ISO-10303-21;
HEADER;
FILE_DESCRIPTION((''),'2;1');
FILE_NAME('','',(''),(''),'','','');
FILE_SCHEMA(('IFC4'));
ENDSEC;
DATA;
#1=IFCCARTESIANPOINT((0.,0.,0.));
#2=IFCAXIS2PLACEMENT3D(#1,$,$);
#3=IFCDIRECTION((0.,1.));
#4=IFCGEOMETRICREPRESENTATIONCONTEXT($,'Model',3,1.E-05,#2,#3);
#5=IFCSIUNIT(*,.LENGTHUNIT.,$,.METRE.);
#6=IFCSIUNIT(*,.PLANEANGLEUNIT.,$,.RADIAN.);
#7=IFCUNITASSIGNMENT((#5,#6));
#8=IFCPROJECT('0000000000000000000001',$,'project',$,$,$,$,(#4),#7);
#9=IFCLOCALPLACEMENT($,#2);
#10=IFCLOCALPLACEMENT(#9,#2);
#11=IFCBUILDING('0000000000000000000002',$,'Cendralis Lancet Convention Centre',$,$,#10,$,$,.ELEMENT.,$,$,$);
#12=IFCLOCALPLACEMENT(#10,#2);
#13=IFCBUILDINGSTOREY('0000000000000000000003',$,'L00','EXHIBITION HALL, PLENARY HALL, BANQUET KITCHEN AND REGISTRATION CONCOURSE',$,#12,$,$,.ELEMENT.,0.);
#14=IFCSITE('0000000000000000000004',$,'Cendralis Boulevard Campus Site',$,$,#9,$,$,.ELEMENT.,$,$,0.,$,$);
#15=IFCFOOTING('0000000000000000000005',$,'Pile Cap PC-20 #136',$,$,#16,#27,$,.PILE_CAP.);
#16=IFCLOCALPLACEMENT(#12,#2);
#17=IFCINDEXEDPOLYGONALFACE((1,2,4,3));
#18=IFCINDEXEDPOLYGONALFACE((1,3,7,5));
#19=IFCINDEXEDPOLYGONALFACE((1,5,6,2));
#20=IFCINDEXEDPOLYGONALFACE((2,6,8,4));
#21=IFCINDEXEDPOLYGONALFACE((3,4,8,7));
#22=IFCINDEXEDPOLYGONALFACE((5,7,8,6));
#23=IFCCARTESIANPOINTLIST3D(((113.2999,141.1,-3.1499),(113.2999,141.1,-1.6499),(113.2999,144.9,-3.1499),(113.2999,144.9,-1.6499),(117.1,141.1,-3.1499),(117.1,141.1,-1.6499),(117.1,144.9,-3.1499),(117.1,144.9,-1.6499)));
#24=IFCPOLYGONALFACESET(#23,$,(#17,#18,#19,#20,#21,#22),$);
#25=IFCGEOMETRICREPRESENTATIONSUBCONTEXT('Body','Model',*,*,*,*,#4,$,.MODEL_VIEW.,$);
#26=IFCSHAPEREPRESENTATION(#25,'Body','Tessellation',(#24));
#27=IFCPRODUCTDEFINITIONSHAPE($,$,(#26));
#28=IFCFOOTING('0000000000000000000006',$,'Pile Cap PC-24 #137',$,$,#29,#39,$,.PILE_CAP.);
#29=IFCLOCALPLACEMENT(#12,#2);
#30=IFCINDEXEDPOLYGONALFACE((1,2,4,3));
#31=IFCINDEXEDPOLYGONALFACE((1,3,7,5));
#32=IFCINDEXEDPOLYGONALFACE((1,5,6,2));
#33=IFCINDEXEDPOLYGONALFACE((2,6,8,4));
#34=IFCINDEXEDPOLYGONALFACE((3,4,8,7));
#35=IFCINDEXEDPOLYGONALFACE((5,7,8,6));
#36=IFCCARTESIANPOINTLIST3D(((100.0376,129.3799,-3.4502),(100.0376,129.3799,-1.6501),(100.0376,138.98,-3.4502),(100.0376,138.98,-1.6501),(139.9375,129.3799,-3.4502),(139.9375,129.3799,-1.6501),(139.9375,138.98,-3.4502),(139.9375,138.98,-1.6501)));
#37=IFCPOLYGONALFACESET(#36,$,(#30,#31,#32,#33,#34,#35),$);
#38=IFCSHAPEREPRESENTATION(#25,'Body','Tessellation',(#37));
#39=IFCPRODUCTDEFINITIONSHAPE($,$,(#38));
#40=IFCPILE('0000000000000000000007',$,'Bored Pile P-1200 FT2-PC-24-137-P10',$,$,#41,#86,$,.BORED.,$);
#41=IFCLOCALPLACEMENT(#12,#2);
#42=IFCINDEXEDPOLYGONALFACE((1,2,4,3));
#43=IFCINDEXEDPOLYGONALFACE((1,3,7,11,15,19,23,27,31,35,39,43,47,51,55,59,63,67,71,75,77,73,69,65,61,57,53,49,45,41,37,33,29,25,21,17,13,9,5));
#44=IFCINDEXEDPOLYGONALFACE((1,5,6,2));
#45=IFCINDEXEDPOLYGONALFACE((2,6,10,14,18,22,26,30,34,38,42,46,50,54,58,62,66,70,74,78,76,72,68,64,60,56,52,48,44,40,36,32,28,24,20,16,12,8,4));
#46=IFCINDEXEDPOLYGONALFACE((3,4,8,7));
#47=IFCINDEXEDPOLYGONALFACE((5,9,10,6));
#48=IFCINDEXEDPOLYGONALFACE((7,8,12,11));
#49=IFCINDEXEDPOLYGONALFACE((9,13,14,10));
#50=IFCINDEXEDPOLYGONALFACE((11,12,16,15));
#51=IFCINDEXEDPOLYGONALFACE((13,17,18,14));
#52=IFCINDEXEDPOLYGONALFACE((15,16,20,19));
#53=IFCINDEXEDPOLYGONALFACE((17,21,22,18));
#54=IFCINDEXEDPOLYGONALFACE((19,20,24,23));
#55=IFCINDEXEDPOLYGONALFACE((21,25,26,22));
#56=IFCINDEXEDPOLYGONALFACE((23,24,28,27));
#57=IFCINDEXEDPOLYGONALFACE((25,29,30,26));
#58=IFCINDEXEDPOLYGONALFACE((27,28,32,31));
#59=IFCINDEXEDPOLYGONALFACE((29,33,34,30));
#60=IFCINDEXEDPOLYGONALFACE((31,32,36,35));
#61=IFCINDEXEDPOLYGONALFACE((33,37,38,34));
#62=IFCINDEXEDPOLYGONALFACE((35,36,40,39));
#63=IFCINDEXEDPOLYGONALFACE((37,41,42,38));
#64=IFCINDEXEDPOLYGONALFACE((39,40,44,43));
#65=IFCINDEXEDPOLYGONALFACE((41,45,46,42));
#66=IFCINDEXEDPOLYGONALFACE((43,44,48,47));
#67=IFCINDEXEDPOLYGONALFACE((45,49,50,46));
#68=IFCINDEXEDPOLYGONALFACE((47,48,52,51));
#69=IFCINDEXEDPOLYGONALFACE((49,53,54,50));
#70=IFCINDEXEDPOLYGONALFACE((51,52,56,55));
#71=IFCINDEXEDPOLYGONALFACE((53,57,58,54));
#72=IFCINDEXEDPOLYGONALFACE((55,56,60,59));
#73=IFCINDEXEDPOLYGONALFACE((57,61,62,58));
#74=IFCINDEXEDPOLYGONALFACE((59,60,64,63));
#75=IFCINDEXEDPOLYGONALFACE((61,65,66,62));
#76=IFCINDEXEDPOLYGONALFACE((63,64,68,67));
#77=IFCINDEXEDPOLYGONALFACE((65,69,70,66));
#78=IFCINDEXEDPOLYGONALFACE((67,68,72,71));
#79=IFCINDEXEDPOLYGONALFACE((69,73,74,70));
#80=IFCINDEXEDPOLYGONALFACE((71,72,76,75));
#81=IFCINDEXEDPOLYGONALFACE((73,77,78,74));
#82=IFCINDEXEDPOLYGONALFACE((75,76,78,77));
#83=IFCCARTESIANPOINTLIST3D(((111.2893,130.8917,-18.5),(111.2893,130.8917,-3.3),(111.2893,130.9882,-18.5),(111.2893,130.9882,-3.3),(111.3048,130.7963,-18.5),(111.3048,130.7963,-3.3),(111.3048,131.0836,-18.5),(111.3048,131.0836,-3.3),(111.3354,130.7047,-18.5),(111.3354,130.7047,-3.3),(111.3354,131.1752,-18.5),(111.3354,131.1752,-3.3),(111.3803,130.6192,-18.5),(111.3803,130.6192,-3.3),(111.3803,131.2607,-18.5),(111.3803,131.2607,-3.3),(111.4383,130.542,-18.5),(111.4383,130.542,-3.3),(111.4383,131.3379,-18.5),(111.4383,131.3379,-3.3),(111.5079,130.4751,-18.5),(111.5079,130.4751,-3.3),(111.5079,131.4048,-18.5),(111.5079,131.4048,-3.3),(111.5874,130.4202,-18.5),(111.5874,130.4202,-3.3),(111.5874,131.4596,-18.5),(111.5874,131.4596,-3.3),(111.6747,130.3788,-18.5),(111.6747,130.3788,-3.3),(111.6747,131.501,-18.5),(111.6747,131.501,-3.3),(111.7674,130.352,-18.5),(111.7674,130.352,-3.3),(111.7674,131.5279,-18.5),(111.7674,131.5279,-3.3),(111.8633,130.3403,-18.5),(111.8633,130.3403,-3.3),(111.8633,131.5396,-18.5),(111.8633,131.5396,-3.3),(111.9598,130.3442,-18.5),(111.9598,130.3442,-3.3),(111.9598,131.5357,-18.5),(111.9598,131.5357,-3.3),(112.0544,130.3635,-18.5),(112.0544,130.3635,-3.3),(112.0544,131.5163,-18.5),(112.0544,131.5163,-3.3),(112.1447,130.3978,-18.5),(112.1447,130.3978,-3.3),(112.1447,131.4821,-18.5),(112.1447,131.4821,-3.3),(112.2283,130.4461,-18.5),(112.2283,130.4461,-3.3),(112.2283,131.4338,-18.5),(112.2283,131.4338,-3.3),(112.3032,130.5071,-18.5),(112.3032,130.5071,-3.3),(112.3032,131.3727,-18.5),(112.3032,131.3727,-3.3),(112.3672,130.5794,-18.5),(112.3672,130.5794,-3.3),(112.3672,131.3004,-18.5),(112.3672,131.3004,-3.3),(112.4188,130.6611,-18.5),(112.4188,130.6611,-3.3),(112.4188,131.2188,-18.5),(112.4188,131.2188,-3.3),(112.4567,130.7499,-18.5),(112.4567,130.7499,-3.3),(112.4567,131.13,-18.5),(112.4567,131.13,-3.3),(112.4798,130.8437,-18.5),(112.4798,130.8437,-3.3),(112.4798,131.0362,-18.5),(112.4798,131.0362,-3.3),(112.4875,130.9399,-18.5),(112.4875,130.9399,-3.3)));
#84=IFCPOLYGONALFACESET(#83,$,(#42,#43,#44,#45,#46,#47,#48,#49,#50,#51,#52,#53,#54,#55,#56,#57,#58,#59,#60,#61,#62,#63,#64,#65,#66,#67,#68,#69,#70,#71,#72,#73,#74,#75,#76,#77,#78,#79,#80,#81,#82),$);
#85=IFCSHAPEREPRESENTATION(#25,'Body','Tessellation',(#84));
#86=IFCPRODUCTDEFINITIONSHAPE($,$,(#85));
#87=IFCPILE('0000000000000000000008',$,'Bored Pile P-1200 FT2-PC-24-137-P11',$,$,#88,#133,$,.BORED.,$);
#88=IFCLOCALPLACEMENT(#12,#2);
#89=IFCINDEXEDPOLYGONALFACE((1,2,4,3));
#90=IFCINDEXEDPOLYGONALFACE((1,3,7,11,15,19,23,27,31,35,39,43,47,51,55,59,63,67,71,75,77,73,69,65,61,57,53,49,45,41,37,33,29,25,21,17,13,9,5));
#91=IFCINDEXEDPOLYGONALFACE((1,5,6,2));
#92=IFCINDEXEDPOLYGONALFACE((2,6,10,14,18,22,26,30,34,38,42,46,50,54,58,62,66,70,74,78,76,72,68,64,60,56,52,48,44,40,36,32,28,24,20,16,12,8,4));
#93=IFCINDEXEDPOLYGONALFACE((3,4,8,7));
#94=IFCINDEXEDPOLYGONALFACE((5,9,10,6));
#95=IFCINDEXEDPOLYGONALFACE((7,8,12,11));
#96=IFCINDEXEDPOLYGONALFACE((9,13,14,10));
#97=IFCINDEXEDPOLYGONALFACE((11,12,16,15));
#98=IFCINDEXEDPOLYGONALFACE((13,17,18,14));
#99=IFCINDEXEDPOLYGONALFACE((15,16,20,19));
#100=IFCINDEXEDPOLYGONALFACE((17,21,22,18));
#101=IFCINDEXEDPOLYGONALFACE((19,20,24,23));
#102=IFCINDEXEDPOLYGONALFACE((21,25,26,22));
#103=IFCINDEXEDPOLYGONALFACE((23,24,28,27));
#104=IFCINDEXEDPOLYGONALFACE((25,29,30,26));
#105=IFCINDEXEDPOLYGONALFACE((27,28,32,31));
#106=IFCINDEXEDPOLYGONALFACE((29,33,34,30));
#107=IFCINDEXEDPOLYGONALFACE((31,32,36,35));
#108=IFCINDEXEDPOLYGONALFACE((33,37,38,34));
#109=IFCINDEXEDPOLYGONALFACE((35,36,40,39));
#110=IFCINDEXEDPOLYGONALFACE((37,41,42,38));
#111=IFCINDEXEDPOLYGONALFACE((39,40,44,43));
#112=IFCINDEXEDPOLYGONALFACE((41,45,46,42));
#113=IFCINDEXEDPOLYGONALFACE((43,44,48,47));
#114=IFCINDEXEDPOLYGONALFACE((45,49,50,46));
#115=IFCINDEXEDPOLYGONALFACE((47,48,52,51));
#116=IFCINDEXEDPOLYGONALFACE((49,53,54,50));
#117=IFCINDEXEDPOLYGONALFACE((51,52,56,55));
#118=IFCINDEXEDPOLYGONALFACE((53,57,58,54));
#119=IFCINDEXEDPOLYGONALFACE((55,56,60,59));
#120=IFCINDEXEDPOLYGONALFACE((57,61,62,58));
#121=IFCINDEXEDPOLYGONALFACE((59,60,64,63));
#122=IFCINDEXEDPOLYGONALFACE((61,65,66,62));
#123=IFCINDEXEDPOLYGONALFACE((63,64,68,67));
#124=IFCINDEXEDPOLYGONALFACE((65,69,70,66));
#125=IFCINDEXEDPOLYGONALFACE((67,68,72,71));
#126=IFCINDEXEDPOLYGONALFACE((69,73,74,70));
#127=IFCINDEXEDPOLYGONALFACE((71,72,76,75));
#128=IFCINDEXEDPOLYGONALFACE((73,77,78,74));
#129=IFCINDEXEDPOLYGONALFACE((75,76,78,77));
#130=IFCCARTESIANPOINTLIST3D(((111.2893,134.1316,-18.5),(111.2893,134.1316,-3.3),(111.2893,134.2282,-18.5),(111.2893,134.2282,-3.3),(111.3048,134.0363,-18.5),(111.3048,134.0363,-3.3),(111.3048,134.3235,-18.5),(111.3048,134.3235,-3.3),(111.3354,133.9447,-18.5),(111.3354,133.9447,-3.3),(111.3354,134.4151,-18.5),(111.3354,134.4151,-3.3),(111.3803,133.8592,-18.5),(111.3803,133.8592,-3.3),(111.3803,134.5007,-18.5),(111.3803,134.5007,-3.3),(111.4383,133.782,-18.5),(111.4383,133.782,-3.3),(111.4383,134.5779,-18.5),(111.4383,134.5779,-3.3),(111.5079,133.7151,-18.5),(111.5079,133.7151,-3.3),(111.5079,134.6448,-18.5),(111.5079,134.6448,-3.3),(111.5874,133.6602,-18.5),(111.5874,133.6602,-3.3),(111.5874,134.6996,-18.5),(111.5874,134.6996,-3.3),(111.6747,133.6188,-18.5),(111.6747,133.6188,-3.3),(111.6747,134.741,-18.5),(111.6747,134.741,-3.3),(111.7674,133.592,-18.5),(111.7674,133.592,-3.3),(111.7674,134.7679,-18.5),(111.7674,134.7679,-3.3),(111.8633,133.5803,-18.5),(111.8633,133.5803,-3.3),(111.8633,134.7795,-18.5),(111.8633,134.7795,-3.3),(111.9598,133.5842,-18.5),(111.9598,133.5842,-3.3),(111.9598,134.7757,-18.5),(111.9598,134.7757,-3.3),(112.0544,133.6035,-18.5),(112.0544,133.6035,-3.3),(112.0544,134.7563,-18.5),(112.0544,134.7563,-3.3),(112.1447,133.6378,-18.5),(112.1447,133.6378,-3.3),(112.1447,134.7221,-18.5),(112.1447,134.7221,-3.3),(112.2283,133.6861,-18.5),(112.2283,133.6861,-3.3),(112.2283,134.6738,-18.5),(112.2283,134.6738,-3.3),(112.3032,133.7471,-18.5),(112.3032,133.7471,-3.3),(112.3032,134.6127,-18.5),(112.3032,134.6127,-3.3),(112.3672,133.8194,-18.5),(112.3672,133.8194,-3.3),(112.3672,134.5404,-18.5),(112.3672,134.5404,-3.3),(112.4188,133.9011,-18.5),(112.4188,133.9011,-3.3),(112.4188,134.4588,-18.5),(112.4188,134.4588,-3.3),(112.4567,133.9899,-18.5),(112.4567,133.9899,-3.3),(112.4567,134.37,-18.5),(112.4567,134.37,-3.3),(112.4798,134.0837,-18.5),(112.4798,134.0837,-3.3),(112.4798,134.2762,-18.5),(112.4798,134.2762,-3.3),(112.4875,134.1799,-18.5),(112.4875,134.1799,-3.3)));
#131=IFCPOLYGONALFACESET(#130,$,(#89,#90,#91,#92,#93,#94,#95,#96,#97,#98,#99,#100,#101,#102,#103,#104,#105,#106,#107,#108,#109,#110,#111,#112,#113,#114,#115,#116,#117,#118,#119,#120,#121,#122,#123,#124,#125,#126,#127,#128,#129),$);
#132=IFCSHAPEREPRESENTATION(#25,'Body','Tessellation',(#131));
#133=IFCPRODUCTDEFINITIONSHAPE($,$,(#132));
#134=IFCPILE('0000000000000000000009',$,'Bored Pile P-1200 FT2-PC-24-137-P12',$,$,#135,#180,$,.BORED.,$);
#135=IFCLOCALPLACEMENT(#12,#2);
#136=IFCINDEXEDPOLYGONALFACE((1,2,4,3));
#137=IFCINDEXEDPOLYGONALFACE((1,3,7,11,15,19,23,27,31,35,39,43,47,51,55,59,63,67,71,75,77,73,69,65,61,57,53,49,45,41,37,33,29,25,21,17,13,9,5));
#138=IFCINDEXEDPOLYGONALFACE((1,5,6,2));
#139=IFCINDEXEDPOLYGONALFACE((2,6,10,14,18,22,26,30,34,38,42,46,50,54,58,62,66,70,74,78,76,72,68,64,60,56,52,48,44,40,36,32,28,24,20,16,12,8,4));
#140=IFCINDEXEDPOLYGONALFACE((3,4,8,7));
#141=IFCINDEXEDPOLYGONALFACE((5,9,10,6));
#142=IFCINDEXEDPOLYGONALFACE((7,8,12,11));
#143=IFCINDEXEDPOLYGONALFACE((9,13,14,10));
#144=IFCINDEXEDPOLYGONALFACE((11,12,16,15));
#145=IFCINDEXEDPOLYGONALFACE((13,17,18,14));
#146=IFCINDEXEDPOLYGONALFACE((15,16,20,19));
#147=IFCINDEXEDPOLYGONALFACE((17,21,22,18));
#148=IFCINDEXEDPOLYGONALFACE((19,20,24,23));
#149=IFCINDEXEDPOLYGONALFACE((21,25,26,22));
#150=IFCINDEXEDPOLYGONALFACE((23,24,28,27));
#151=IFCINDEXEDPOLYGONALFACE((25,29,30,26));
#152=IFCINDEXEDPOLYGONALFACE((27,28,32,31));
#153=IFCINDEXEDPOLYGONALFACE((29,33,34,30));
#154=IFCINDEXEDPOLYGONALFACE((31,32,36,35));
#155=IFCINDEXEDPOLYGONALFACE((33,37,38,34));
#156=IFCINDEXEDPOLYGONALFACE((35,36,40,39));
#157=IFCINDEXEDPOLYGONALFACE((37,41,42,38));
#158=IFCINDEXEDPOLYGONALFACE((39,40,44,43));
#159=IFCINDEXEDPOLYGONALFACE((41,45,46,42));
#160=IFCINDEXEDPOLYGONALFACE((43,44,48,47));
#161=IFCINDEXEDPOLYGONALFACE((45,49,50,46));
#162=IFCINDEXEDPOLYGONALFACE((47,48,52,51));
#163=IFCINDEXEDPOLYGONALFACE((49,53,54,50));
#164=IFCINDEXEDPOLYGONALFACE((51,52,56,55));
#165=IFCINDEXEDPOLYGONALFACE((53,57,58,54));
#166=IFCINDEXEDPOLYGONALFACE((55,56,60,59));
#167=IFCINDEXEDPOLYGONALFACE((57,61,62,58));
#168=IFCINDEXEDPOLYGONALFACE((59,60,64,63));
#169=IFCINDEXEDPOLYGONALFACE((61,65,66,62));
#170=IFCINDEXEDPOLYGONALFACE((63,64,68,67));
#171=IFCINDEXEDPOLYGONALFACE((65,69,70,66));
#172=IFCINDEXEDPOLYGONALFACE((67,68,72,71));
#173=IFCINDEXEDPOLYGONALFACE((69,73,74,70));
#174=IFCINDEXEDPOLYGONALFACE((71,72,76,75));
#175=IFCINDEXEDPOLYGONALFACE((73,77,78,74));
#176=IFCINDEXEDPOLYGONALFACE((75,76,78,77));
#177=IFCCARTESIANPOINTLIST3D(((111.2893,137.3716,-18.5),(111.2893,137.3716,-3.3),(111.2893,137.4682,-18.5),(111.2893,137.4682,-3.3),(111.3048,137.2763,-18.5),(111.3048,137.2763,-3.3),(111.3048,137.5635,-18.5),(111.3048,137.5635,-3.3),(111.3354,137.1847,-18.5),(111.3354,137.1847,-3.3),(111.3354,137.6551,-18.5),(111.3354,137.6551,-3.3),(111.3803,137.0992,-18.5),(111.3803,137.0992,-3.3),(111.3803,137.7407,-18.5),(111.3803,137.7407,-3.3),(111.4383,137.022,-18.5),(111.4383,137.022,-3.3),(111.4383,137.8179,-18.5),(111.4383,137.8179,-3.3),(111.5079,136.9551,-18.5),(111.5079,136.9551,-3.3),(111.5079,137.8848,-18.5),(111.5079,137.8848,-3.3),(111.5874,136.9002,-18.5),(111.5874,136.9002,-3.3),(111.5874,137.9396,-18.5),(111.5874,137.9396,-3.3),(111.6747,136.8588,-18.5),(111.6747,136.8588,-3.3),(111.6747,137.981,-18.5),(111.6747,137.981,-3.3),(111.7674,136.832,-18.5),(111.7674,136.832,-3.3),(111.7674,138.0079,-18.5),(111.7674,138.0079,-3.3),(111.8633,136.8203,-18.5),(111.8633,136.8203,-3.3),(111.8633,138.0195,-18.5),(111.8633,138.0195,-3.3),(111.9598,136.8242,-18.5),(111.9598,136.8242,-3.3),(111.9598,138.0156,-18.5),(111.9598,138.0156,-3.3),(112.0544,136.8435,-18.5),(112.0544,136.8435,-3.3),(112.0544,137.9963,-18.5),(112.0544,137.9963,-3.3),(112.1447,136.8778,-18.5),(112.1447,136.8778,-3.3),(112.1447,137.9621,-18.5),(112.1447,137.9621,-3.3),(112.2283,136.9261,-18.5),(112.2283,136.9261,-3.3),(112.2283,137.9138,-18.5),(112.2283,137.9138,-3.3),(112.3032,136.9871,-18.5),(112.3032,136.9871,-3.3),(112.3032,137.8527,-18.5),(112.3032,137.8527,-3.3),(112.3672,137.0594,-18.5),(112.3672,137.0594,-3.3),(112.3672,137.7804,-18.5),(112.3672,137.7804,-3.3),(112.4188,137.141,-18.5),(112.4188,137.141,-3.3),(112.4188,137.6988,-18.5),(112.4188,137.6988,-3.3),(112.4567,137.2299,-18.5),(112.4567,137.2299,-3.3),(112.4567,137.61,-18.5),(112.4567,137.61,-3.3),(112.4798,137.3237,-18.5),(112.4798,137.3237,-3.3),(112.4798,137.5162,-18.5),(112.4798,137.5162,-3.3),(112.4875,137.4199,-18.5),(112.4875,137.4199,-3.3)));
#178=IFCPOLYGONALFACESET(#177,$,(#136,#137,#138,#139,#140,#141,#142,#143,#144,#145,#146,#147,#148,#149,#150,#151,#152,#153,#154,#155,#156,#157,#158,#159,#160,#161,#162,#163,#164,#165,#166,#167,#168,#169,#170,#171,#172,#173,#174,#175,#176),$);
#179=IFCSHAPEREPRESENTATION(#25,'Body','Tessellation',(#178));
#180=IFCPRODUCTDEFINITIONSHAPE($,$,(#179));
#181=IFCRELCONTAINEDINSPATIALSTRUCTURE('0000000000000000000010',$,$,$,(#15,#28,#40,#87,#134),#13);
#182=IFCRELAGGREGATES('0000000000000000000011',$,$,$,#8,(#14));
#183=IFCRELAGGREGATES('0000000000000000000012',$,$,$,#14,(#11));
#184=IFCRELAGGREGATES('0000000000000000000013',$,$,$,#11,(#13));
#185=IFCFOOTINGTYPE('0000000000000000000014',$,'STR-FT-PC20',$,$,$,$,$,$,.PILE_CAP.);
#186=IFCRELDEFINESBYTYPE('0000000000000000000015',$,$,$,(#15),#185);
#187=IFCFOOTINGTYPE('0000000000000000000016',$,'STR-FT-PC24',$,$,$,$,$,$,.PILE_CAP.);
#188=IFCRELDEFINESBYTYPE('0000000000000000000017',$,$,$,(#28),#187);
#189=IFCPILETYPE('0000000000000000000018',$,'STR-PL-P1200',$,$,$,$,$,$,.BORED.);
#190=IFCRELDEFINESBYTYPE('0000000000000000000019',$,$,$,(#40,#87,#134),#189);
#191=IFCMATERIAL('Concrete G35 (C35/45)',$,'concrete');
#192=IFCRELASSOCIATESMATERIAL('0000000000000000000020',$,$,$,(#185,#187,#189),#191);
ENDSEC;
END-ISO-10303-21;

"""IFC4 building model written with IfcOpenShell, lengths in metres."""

from ifc_helpers import new_model, si_unit, direction, frame, origin, origin_2d, place, context, subcontext, project, spatial, rectangle, circle, extrude, material, material_profile, profile_set, type_object, element, save


model = new_model("IFC4")

# Units and contexts
model_context = context("Model", 3, precision=1e-05, world=origin(), true_north=direction((0.0, 1.0)))
body_context = subcontext(model_context, "Body", "Model", "MODEL_VIEW")
ifc_project = project(units=[si_unit("LENGTHUNIT", "METRE"), si_unit("PLANEANGLEUNIT", "RADIAN")], contexts=[model_context])

# Site, building, storey
site_placement = place(None, origin())
site = spatial("IfcSite", under=ifc_project, at=site_placement, Name="Cendralis Boulevard Campus Site", CompositionType="ELEMENT", RefElevation=0.0)
building_placement = place(site_placement, origin())
building = spatial("IfcBuilding", under=site, at=building_placement, Name="Cendralis Lancet Convention Centre", CompositionType="ELEMENT")
storey_placement = place(building_placement, origin())
storey = spatial("IfcBuildingStorey", under=building, at=storey_placement, Name="L00", Description="EXHIBITION HALL, PLENARY HALL, BANQUET KITCHEN AND REGISTRATION CONCOURSE", CompositionType="ELEMENT", Elevation=0.0)

# Footings
ifc_material_1 = material(Name="Concrete G35 (C35/45)", Category="concrete")
footing_type_1 = type_object("IfcFootingType", Name="STR-FT-PC20", PredefinedType="PILE_CAP", material=ifc_material_1)
footing_1_placement = place(storey_placement, frame((115.2, 143.0, -3.1499), z_axis=(0.0, 0.0, 1.0), x_axis=(1.0, 0.0, 0.0)))
element("IfcFooting", 1, at=footing_1_placement, inside=storey, type_object=footing_type_1, Name="Pile Cap PC-20 #136", PredefinedType="PILE_CAP", context=body_context, shape_type="SweptSolid", body=[
    extrude(rectangle(XDim=3.8, YDim=3.8, at=origin_2d()), origin(), (0.0, 0.0, 1.0), 1.5),
])
footing_type_2 = type_object("IfcFootingType", Name="STR-FT-PC24", PredefinedType="PILE_CAP", material=ifc_material_1)
footing_2_placement = place(storey_placement, frame((119.9875, 134.1799, -3.4502), z_axis=(0.0, 0.0, 1.0), x_axis=(1.0, 0.0, 0.0)))
element("IfcFooting", 2, at=footing_2_placement, inside=storey, type_object=footing_type_2, Name="Pile Cap PC-24 #137", PredefinedType="PILE_CAP", context=body_context, shape_type="SweptSolid", body=[
    extrude(rectangle(XDim=39.8999, YDim=9.6001, at=origin_2d()), origin(), (0.0, 0.0, 1.0), 1.8),
])

# Piles
ifc_material_profile_1 = material_profile(ifc_material_1, circle(Radius=0.6001, at=origin_2d()), Name="BORED PILE D1200")
ifc_profile_set_1 = profile_set([ifc_material_profile_1], Name="Concrete G35 (C35/45)")
pile_type_1 = type_object("IfcPileType", Name="STR-PL-P1200", PredefinedType="BORED", material=ifc_profile_set_1)
for number, where, z_axis, x_axis, name in (
    (3, (111.8875, 130.9399, -3.3), (0.0, 0.0, -1.0), (1.0, 0.0, 0.0), "Bored Pile P-1200 FT2-PC-24-137-P10"),
    (4, (111.8875, 134.1799, -3.3), (0.0, 0.0, -1.0), (1.0, 0.0, 0.0), "Bored Pile P-1200 FT2-PC-24-137-P11"),
    (5, (111.8875, 137.4199, -3.3), (0.0, 0.0, -1.0), (1.0, 0.0, 0.0), "Bored Pile P-1200 FT2-PC-24-137-P12"),
):
    element("IfcPile", number, at=place(storey_placement, frame(where, z_axis=z_axis, x_axis=x_axis)), inside=storey, type_object=pile_type_1, Name=name, PredefinedType="BORED", context=body_context, shape_type="SweptSolid", body=[
        extrude(circle(Radius=0.6001, at=origin_2d()), origin(), (0.0, 0.0, 1.0), 15.2),
    ])

save(model, "model.ifc")
